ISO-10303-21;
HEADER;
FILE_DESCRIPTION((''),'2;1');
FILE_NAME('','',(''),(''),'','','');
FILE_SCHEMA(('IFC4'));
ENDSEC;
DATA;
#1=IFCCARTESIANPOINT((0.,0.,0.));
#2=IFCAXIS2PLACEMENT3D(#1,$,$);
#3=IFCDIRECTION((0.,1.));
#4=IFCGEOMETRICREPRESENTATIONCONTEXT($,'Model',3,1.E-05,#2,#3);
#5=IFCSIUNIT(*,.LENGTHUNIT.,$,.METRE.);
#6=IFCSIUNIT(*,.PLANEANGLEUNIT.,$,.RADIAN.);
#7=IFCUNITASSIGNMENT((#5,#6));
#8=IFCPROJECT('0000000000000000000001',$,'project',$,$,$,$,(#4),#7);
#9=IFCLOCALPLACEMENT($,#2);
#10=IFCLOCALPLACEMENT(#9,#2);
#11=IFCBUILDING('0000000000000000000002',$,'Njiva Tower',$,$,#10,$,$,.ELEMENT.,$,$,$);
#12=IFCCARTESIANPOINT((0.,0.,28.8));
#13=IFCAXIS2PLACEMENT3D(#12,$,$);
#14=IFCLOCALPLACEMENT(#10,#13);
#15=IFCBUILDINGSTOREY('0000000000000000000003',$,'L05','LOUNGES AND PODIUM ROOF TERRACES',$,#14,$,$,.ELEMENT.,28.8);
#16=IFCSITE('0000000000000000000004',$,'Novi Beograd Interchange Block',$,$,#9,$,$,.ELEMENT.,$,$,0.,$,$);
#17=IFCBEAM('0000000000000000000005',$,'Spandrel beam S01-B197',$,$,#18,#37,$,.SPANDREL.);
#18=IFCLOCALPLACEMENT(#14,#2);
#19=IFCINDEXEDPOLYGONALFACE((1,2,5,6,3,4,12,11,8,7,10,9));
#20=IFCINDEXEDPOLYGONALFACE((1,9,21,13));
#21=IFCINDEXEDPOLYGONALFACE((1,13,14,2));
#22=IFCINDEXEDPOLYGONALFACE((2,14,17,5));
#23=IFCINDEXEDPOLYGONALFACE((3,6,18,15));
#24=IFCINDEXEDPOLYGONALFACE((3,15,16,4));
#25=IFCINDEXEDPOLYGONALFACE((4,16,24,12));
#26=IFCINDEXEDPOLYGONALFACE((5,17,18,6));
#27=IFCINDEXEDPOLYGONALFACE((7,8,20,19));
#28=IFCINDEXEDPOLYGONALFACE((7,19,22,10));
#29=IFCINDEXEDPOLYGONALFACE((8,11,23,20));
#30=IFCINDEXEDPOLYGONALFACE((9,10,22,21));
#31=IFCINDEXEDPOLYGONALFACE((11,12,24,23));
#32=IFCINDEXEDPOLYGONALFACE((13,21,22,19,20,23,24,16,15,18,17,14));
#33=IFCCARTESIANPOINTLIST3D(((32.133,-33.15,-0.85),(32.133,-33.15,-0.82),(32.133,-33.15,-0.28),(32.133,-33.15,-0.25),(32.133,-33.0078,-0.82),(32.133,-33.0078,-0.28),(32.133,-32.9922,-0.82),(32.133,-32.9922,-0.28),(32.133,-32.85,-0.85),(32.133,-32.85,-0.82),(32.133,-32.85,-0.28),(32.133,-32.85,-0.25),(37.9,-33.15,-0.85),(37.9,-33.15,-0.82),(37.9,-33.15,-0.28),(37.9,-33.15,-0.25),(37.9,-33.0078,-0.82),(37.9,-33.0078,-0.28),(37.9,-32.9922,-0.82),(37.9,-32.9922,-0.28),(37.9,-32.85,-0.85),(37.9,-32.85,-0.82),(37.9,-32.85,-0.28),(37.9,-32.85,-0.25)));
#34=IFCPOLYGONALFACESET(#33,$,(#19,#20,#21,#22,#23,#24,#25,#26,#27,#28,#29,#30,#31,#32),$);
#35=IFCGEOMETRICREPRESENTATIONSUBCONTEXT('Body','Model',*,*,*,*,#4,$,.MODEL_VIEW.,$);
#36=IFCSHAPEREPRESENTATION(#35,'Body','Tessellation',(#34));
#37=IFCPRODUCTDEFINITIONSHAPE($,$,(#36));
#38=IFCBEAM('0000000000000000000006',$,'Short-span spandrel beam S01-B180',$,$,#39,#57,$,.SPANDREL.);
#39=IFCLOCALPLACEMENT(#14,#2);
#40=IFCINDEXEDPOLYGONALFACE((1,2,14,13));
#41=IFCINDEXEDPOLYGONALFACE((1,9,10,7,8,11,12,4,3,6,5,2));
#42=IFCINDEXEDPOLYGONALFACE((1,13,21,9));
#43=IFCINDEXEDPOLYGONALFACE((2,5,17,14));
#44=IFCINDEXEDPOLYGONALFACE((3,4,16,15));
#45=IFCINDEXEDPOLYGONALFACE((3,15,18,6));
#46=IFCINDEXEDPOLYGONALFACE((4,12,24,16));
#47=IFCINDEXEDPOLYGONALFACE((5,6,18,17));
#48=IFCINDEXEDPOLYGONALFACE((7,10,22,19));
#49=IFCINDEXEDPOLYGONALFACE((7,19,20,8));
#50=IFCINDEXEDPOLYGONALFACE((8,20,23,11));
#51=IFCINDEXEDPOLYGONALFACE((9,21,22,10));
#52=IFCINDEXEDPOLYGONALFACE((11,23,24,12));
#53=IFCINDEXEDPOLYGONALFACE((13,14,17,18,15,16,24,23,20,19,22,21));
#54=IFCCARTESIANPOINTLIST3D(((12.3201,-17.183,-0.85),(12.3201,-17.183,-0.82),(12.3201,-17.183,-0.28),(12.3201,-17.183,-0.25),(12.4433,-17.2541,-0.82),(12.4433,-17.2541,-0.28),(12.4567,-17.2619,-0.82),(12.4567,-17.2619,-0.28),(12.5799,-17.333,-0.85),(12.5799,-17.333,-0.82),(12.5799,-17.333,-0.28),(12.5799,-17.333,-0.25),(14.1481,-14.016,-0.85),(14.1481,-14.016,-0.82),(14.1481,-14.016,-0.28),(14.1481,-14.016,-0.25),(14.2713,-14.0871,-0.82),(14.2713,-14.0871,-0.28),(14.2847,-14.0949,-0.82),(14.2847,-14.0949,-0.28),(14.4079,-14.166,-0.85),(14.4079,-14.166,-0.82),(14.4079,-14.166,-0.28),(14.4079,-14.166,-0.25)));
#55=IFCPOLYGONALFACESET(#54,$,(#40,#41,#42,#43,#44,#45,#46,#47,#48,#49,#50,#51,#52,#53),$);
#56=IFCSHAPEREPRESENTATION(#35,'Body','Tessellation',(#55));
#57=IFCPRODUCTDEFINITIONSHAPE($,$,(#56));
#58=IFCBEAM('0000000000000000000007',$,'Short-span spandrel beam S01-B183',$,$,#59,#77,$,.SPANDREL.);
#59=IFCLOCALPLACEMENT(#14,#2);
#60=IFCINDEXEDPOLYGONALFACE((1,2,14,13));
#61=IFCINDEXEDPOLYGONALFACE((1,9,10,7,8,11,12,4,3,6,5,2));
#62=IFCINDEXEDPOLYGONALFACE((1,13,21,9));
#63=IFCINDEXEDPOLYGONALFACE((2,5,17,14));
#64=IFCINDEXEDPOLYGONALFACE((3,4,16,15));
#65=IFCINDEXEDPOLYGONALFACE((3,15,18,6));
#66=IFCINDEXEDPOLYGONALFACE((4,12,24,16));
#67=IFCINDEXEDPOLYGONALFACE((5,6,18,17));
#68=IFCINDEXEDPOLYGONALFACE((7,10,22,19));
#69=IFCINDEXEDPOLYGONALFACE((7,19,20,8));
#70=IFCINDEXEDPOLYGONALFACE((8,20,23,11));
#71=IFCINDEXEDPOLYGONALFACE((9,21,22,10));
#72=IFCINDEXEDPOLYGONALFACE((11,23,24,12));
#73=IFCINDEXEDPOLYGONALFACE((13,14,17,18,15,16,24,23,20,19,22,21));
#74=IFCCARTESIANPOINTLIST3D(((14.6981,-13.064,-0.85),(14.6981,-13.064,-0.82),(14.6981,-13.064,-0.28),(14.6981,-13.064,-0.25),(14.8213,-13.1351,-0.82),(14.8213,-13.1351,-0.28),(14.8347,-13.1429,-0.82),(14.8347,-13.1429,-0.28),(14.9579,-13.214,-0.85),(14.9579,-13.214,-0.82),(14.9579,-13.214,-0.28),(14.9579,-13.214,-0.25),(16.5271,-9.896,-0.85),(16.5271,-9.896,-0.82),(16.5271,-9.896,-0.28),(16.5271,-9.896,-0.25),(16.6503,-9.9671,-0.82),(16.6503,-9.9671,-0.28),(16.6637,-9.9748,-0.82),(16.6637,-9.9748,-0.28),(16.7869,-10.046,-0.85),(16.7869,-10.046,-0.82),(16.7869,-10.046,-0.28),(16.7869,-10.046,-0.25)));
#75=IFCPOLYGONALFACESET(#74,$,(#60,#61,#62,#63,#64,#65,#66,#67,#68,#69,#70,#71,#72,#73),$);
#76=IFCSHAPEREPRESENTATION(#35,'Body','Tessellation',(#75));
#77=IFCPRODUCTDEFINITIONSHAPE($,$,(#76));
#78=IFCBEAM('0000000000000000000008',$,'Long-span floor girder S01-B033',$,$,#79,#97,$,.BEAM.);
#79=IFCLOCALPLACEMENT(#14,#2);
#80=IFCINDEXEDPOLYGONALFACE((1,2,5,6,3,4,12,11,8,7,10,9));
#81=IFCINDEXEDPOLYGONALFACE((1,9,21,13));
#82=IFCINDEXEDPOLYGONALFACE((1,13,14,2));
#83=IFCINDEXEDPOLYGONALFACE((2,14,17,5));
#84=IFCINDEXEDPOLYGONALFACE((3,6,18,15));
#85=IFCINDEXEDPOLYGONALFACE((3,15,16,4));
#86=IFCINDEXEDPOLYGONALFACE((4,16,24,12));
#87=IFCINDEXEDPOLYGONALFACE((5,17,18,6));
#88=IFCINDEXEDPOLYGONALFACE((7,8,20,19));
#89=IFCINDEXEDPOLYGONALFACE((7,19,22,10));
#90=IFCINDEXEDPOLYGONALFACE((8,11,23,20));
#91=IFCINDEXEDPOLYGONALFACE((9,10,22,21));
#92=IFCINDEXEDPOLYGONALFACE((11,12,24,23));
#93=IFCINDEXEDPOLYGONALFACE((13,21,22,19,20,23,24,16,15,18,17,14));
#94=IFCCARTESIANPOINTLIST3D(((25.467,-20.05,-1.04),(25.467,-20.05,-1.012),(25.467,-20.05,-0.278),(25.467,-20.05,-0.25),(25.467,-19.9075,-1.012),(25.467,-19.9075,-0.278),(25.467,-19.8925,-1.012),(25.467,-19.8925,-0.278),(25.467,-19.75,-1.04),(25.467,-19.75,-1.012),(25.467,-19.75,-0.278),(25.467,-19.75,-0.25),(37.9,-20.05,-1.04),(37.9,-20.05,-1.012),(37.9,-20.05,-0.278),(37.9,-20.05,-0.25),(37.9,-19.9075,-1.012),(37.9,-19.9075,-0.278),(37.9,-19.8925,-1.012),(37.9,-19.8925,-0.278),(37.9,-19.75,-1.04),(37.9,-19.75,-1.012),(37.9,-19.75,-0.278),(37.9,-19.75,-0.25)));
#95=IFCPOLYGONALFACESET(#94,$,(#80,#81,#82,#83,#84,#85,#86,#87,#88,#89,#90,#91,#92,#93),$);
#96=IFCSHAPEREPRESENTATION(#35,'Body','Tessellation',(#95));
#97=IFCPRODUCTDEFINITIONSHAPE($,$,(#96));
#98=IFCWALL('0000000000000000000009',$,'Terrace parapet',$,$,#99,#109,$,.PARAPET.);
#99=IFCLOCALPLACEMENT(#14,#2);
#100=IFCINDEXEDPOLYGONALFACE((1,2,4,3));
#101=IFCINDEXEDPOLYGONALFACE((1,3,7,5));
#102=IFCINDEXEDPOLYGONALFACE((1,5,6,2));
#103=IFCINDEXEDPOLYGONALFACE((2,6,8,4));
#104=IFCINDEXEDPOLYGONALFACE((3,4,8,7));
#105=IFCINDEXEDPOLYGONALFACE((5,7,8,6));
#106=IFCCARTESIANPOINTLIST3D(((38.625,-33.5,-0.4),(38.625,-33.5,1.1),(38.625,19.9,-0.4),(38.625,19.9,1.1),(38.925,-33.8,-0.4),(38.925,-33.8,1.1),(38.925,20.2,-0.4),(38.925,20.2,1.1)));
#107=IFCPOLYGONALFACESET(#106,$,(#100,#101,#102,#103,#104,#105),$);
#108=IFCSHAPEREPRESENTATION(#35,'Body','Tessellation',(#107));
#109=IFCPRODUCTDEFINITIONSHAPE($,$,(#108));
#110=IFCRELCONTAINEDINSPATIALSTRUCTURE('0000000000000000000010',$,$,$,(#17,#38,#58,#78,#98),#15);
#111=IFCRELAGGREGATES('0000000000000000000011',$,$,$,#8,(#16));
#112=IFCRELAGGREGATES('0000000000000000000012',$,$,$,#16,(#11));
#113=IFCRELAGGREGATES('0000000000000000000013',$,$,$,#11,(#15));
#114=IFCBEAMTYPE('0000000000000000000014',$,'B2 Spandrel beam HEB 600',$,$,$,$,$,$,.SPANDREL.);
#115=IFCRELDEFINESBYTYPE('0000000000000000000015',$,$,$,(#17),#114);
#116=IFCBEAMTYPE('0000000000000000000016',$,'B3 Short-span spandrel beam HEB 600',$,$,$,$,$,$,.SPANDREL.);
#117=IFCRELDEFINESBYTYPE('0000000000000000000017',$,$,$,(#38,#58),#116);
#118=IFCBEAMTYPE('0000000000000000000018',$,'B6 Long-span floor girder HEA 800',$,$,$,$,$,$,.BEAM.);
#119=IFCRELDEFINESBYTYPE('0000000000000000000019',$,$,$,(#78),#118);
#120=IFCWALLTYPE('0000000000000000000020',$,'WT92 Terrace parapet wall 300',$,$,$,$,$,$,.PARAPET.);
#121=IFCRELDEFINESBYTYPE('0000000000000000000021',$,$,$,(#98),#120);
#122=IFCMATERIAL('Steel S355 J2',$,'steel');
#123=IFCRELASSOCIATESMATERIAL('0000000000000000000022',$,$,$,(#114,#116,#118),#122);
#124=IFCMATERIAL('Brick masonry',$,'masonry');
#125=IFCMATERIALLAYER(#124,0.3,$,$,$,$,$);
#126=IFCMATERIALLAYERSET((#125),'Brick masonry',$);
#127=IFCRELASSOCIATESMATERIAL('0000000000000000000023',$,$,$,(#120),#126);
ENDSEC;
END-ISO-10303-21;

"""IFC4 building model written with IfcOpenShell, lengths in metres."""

from ifc_helpers import new_model, si_unit, direction, frame, origin, origin_2d, place, context, subcontext, project, spatial, polyline, i_section, outline, extrude, material, layer, layer_set, material_profile, profile_set, type_object, element, save


model = new_model("IFC4")

# Units and contexts
model_context = context("Model", 3, precision=1e-05, world=origin(), true_north=direction((0.0, 1.0)))
body_context = subcontext(model_context, "Body", "Model", "MODEL_VIEW")
ifc_project = project(units=[si_unit("LENGTHUNIT", "METRE"), si_unit("PLANEANGLEUNIT", "RADIAN")], contexts=[model_context])

# Site, building, storey
site_placement = place(None, origin())
site = spatial("IfcSite", under=ifc_project, at=site_placement, Name="Novi Beograd Interchange Block", CompositionType="ELEMENT", RefElevation=0.0)
building_placement = place(site_placement, origin())
building = spatial("IfcBuilding", under=site, at=building_placement, Name="Njiva Tower", CompositionType="ELEMENT")
storey_placement = place(building_placement, frame((0.0, 0.0, 28.8)))
storey = spatial("IfcBuildingStorey", under=building, at=storey_placement, Name="L05", Description="LOUNGES AND PODIUM ROOF TERRACES", CompositionType="ELEMENT", Elevation=28.8)

# Shared definitions
ifc_material_1 = material(Name="Steel S355 J2", Category="steel")

# Beams
ifc_material_profile_1 = material_profile(ifc_material_1, i_section(OverallWidth=0.3, OverallDepth=0.6, WebThickness=0.0155, FlangeThickness=0.03, at=origin_2d()), Name="HEB 600")
ifc_profile_set_1 = profile_set([ifc_material_profile_1], Name="Steel S355 J2")
beam_type_1 = type_object("IfcBeamType", Name="B2 Spandrel beam HEB 600", PredefinedType="SPANDREL", material=ifc_profile_set_1)
beam_1_placement = place(storey_placement, frame((32.133, -33.0, -0.55), z_axis=(1.0, 0.0, 0.0), x_axis=(0.0, 1.0, 0.0)))
element("IfcBeam", 1, at=beam_1_placement, inside=storey, type_object=beam_type_1, Name="Spandrel beam S01-B197", PredefinedType="SPANDREL", context=body_context, shape_type="SweptSolid", body=[
    extrude(i_section(OverallWidth=0.3, OverallDepth=0.6, WebThickness=0.0155, FlangeThickness=0.03, at=origin_2d()), origin(), (0.0, 0.0, 1.0), 5.767),
])
ifc_material_profile_2 = material_profile(ifc_material_1, i_section(OverallWidth=0.3, OverallDepth=0.6, WebThickness=0.0155, FlangeThickness=0.03, at=origin_2d()), Name="HEB 600")
ifc_profile_set_2 = profile_set([ifc_material_profile_2], Name="Steel S355 J2")
beam_type_2 = type_object("IfcBeamType", Name="B3 Short-span spandrel beam HEB 600", PredefinedType="SPANDREL", material=ifc_profile_set_2)
beam_2_placement = place(storey_placement, frame((12.45, -17.258, -0.55), z_axis=(0.499904, 0.866081, 0.0), x_axis=(-0.866081, 0.499904, 0.0)))
element("IfcBeam", 2, at=beam_2_placement, inside=storey, type_object=beam_type_2, Name="Short-span spandrel beam S01-B180", PredefinedType="SPANDREL", context=body_context, shape_type="SweptSolid", body=[
    extrude(i_section(OverallWidth=0.3, OverallDepth=0.6, WebThickness=0.0155, FlangeThickness=0.03, at=origin_2d()), origin(), (0.0, 0.0, 1.0), 3.6567),
])
beam_3_placement = place(storey_placement, frame((14.828, -13.139, -0.55), z_axis=(0.499991, 0.866031, 0.0), x_axis=(-0.866031, 0.499991, 0.0)))
element("IfcBeam", 3, at=beam_3_placement, inside=storey, type_object=beam_type_2, Name="Short-span spandrel beam S01-B183", PredefinedType="SPANDREL", context=body_context, shape_type="SweptSolid", body=[
    extrude(i_section(OverallWidth=0.3, OverallDepth=0.6, WebThickness=0.0155, FlangeThickness=0.03, at=origin_2d()), origin(), (0.0, 0.0, 1.0), 3.6581),
])
ifc_material_profile_3 = material_profile(ifc_material_1, i_section(OverallWidth=0.3, OverallDepth=0.79, WebThickness=0.015, FlangeThickness=0.028, at=origin_2d()), Name="HEA 800")
ifc_profile_set_3 = profile_set([ifc_material_profile_3], Name="Steel S355 J2")
beam_type_3 = type_object("IfcBeamType", Name="B6 Long-span floor girder HEA 800", PredefinedType="BEAM", material=ifc_profile_set_3)
beam_4_placement = place(storey_placement, frame((25.467, -19.9, -0.645), z_axis=(1.0, 0.0, 0.0), x_axis=(0.0, 1.0, 0.0)))
element("IfcBeam", 4, at=beam_4_placement, inside=storey, type_object=beam_type_3, Name="Long-span floor girder S01-B033", PredefinedType="BEAM", context=body_context, shape_type="SweptSolid", body=[
    extrude(i_section(OverallWidth=0.3, OverallDepth=0.79, WebThickness=0.015, FlangeThickness=0.028, at=origin_2d()), origin(), (0.0, 0.0, 1.0), 12.433),
])

# Wall
ifc_material_2 = material(Name="Brick masonry", Category="masonry")
ifc_layer = layer(ifc_material_2, 0.3)
ifc_layer_set = layer_set([ifc_layer], Name="Brick masonry")
wall_type = type_object("IfcWallType", Name="WT92 Terrace parapet wall 300", PredefinedType="PARAPET", material=ifc_layer_set)
wall_placement = place(storey_placement, frame((38.775, -33.65, -0.4), z_axis=(0.0, 0.0, 1.0), x_axis=(0.0, 1.0, 0.0)))
element("IfcWall", 5, at=wall_placement, inside=storey, type_object=wall_type, Name="Terrace parapet", PredefinedType="PARAPET", context=body_context, shape_type="SweptSolid", body=[
    extrude(outline(polyline([(-0.15, -0.15), (53.85, -0.15), (53.55, 0.15), (0.15, 0.15), (-0.15, -0.15)])), origin(), (0.0, 0.0, 1.0), 1.5),
])

save(model, "model.ifc")
